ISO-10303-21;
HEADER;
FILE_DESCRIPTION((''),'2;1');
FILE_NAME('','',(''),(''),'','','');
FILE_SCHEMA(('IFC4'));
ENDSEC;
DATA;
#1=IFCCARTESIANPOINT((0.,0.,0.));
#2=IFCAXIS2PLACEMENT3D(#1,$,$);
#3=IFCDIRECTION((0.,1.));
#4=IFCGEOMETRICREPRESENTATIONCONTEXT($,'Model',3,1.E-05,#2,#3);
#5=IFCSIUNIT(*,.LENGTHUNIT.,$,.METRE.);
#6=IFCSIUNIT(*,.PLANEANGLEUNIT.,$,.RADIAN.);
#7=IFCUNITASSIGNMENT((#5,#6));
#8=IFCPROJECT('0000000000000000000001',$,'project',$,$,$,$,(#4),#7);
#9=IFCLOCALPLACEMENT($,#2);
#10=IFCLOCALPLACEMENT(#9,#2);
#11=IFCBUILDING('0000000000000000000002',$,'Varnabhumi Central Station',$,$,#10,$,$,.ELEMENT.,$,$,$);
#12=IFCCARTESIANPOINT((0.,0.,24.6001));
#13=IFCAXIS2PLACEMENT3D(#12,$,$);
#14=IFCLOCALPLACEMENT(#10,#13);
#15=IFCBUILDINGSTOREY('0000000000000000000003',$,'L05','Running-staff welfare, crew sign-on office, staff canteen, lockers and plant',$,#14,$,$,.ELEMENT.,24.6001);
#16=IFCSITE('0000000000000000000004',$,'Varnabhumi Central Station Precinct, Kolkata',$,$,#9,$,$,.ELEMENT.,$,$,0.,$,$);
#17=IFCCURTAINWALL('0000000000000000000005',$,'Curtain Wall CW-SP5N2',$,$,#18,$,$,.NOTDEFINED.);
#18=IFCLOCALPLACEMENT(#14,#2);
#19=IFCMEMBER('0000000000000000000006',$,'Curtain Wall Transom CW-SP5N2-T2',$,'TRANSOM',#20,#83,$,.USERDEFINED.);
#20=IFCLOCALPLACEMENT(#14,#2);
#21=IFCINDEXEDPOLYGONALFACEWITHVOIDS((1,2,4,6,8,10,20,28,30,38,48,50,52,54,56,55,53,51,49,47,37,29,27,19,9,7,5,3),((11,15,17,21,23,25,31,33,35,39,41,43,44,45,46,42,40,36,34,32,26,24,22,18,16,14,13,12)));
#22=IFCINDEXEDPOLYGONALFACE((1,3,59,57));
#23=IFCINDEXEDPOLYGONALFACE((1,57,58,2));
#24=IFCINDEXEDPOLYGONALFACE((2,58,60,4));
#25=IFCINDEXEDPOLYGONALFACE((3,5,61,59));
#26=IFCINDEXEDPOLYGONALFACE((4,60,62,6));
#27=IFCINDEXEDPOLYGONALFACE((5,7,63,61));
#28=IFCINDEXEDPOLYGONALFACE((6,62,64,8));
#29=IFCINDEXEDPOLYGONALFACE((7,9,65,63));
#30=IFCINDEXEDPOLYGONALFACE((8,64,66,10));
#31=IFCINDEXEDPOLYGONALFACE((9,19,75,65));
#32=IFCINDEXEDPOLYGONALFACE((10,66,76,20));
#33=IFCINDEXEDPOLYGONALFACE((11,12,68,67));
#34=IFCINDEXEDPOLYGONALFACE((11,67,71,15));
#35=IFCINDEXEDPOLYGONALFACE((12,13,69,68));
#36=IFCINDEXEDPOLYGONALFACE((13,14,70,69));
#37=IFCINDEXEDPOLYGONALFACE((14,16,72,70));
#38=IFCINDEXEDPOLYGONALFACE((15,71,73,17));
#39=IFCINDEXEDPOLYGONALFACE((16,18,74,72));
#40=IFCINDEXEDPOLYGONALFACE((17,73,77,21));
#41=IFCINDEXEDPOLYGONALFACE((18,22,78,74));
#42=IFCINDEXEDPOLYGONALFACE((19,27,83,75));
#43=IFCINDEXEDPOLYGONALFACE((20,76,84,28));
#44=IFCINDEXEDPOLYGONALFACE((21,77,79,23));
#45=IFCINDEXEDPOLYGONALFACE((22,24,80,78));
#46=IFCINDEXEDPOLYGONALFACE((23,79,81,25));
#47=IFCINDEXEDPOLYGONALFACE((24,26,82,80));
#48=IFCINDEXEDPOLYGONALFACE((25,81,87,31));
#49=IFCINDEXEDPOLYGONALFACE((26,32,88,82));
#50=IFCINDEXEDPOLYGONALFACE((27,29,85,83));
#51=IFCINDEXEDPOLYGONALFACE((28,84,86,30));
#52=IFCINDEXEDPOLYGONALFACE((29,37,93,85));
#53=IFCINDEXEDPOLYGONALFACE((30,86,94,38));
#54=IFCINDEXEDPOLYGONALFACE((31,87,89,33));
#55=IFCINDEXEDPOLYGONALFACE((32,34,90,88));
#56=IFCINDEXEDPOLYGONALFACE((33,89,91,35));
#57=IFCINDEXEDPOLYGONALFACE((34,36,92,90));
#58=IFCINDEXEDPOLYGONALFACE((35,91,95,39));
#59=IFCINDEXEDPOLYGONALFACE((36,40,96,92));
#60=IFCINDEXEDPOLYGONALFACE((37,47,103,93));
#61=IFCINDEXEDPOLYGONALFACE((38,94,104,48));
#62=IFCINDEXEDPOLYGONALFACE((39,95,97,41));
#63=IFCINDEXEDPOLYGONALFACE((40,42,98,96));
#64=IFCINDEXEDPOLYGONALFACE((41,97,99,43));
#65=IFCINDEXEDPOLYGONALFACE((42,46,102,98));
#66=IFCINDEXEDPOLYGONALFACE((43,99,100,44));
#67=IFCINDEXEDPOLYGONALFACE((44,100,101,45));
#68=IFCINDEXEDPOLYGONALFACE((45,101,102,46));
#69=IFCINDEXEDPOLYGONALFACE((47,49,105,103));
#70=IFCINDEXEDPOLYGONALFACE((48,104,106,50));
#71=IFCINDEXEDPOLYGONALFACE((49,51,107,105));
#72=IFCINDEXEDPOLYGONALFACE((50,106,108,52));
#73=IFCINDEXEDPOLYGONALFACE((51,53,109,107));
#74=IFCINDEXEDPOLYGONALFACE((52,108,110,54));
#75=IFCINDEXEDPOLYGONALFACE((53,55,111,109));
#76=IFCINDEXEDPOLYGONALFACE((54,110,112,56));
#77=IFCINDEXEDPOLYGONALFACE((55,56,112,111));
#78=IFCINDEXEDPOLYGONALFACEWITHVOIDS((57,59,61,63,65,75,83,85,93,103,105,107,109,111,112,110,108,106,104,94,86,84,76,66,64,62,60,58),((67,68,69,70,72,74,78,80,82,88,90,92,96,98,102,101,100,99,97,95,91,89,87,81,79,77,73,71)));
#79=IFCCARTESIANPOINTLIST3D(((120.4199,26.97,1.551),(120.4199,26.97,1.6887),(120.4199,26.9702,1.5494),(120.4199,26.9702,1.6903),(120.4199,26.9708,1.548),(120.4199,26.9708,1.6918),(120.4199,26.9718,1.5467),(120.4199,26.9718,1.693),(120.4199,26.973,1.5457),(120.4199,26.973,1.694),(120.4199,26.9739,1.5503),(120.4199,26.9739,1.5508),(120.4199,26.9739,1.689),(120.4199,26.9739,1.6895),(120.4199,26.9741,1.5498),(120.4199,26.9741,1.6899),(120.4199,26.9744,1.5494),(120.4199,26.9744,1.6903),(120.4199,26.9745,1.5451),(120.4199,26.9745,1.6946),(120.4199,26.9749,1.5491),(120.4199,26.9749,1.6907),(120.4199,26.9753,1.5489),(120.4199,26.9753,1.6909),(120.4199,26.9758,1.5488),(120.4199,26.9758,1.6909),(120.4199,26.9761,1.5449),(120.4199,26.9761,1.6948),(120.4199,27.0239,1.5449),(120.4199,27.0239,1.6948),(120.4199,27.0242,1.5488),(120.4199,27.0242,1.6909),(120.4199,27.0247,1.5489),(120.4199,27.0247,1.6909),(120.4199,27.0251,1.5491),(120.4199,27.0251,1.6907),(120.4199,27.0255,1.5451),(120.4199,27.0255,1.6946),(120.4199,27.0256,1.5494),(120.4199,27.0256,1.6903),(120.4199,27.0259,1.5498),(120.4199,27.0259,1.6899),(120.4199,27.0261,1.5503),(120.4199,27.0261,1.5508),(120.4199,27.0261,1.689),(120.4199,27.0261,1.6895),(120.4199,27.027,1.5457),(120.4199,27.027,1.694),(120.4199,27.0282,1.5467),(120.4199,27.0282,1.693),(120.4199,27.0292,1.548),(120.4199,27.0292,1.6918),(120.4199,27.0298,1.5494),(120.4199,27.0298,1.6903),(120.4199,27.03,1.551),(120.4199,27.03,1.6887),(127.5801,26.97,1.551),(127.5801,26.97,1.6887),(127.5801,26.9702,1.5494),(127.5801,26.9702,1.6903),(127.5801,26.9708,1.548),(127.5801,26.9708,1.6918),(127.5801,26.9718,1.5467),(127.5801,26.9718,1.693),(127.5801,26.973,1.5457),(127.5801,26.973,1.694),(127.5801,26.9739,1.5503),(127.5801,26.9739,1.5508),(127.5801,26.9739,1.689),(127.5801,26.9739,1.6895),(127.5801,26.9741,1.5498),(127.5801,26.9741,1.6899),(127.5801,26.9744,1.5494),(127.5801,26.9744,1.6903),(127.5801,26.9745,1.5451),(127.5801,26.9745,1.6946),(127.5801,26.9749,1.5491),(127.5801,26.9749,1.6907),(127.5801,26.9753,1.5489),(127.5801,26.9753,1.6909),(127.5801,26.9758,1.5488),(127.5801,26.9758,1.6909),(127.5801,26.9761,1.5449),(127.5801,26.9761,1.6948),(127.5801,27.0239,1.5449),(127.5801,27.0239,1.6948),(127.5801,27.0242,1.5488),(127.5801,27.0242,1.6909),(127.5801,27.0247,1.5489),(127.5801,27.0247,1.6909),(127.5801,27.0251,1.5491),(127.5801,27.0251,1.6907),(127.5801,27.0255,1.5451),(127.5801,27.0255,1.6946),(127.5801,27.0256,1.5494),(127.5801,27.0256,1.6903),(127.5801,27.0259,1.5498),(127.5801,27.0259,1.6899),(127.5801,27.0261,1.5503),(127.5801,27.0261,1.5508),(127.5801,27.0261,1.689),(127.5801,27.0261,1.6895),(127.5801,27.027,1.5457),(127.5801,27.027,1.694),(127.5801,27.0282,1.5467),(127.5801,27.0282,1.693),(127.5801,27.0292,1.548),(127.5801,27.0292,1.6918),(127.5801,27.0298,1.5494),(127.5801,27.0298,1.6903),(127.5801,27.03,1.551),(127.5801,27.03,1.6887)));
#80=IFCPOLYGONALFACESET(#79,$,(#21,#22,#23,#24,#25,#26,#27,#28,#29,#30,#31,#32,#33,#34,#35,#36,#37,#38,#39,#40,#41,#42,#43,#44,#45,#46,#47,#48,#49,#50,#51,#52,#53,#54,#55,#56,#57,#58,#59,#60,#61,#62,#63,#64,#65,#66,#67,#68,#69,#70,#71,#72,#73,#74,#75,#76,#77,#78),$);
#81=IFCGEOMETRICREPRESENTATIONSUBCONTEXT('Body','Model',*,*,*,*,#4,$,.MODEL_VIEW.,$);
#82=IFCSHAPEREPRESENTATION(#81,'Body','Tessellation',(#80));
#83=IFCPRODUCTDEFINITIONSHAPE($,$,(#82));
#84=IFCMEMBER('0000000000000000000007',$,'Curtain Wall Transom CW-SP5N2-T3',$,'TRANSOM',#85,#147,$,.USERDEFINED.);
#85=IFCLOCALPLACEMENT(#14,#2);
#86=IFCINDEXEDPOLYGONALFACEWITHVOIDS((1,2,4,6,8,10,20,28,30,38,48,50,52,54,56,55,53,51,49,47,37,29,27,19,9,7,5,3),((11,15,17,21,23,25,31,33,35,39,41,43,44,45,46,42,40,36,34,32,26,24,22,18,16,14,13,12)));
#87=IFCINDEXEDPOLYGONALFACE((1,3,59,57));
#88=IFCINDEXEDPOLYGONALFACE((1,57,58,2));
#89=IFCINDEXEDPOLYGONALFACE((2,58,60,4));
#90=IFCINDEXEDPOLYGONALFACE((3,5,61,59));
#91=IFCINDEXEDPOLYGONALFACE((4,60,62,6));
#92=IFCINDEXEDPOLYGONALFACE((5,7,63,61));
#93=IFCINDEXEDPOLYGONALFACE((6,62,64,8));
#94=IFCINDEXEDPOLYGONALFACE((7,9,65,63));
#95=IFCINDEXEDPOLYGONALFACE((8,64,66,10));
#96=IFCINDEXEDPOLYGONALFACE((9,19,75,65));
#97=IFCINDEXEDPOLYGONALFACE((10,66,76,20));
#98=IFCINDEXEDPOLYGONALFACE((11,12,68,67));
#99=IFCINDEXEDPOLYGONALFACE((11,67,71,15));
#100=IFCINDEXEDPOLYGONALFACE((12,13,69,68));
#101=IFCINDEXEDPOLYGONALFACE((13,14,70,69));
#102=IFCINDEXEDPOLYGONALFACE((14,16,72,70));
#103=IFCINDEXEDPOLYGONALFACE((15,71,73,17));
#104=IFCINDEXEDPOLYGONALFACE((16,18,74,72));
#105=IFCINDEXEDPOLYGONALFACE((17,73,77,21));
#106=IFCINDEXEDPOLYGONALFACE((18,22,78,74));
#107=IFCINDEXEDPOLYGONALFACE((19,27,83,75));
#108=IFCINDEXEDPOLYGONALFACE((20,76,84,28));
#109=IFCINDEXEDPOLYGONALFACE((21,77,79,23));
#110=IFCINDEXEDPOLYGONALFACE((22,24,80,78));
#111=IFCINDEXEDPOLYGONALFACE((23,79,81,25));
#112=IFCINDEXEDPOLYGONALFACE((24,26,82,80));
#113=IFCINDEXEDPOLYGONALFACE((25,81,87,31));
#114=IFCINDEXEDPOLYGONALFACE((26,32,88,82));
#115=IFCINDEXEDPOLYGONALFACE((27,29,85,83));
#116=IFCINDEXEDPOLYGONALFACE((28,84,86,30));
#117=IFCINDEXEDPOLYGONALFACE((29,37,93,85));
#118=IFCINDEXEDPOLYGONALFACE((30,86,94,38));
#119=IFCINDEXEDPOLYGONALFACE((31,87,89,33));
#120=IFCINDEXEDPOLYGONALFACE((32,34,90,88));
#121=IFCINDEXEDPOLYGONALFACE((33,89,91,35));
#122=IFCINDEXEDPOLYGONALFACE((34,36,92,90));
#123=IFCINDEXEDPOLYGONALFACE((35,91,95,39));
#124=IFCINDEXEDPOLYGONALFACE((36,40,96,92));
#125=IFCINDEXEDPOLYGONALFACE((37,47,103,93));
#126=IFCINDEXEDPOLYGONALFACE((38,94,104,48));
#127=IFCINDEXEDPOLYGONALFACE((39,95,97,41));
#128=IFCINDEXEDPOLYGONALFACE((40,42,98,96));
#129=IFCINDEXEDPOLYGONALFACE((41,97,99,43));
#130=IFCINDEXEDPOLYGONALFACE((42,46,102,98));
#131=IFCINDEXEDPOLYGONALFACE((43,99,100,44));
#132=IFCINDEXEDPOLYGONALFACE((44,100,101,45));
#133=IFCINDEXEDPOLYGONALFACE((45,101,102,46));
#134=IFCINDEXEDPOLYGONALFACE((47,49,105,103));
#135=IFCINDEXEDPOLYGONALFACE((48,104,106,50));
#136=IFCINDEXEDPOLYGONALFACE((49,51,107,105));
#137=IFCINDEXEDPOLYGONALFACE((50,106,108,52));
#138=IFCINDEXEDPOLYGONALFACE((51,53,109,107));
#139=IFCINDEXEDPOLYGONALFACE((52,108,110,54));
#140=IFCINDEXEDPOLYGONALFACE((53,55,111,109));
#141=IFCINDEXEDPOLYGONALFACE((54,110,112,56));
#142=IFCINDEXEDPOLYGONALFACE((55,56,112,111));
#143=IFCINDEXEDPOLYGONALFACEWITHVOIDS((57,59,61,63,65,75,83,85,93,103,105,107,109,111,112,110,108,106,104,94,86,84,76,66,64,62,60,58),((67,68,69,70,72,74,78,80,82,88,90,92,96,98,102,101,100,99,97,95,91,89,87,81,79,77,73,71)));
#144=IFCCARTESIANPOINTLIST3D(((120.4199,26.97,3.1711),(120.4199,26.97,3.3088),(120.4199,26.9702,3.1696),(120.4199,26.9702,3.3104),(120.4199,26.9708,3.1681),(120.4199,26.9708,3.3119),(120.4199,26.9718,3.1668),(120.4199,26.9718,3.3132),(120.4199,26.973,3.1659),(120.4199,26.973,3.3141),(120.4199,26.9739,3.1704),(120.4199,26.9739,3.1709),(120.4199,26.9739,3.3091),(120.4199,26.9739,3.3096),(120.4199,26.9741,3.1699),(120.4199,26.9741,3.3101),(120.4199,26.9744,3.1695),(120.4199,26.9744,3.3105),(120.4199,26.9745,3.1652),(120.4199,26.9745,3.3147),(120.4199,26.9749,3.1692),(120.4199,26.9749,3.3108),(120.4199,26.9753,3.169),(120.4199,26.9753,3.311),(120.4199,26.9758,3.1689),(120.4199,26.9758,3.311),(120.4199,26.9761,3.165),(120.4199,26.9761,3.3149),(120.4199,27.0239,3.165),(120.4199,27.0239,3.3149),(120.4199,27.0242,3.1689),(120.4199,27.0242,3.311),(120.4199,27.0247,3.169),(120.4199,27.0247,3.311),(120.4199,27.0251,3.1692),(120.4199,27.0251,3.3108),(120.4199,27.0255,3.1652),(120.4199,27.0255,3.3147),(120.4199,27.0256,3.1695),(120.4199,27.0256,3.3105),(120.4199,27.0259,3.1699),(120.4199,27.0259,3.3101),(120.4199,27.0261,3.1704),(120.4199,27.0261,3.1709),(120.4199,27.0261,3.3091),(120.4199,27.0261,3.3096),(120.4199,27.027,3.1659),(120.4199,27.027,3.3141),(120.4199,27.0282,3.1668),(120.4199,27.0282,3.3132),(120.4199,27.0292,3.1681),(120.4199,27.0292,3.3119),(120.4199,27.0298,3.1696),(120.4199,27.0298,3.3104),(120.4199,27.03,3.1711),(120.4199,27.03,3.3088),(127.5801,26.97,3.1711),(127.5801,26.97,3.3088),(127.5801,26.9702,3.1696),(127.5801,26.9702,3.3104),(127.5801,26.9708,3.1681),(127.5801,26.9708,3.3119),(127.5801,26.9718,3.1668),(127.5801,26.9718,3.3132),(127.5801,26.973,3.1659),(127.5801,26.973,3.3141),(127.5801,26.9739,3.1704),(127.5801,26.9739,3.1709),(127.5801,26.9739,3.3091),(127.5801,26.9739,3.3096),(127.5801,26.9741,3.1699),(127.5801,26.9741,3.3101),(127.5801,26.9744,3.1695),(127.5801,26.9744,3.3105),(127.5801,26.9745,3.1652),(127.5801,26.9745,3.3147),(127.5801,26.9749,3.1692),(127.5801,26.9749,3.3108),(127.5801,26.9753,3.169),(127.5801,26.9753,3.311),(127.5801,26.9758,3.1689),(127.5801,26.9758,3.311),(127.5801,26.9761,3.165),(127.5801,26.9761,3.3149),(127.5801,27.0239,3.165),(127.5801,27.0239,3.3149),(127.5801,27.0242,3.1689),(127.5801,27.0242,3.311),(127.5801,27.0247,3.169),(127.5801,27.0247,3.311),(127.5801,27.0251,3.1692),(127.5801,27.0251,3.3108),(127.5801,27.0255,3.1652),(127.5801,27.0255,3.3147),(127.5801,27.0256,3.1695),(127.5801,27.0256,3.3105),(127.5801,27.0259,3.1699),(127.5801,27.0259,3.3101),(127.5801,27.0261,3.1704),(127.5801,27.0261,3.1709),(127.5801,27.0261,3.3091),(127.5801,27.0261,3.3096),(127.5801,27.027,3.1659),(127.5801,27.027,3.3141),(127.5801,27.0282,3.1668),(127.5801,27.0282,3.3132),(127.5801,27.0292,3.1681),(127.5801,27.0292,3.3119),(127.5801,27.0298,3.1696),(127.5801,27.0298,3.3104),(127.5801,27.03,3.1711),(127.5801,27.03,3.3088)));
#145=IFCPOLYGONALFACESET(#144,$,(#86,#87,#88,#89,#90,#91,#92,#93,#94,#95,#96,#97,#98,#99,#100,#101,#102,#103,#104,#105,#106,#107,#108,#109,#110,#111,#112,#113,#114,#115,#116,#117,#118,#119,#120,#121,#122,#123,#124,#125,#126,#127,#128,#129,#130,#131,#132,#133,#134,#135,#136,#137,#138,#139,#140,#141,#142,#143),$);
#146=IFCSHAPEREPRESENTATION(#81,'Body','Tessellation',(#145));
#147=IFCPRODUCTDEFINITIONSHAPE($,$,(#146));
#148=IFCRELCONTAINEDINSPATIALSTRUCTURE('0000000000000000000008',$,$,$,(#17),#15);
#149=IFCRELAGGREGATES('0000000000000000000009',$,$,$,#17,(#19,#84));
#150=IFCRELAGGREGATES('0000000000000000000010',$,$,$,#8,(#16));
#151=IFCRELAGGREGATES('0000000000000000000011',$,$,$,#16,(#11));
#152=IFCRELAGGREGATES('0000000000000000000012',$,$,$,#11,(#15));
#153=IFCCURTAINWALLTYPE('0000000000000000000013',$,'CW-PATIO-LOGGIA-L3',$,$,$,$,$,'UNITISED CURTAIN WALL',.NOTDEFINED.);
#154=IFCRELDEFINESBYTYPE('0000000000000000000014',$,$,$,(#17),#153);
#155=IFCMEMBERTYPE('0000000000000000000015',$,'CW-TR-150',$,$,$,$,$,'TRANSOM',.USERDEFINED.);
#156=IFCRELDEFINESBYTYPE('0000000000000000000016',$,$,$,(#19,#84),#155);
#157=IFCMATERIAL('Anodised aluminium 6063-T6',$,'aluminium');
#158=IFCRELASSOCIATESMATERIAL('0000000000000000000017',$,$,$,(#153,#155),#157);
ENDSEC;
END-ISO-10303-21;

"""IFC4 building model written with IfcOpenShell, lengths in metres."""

from ifc_helpers import new_model, si_unit, direction, frame, origin, origin_2d, place, context, subcontext, project, spatial, hollow_rectangle, extrude, material, material_profile, profile_set, type_object, element, aggregate, save


model = new_model("IFC4")

# Units and contexts
model_context = context("Model", 3, precision=1e-05, world=origin(), true_north=direction((0.0, 1.0)))
body_context = subcontext(model_context, "Body", "Model", "MODEL_VIEW")
ifc_project = project(units=[si_unit("LENGTHUNIT", "METRE"), si_unit("PLANEANGLEUNIT", "RADIAN")], contexts=[model_context])

# Site, building, storey
site_placement = place(None, origin())
site = spatial("IfcSite", under=ifc_project, at=site_placement, Name="Varnabhumi Central Station Precinct, Kolkata", CompositionType="ELEMENT", RefElevation=0.0)
building_placement = place(site_placement, origin())
building = spatial("IfcBuilding", under=site, at=building_placement, Name="Varnabhumi Central Station", CompositionType="ELEMENT")
storey_placement = place(building_placement, frame((0.0, 0.0, 24.6001)))
storey = spatial("IfcBuildingStorey", under=building, at=storey_placement, Name="L05", Description="Running-staff welfare, crew sign-on office, staff canteen, lockers and plant", CompositionType="ELEMENT", Elevation=24.6001)

# Curtain wall
ifc_material_1 = material(Name="Anodised aluminium 6063-T6", Category="aluminium")
curtain_wall_type = type_object("IfcCurtainWallType", Name="CW-PATIO-LOGGIA-L3", ElementType="UNITISED CURTAIN WALL", PredefinedType="NOTDEFINED", material=ifc_material_1)
curtain_wall_1_placement = place(storey_placement, origin())
curtain_wall_1 = element("IfcCurtainWall", 1, at=curtain_wall_1_placement, inside=storey, type_object=curtain_wall_type, Name="Curtain Wall CW-SP5N2", PredefinedType="NOTDEFINED")

# Members
ifc_material_profile_1 = material_profile(ifc_material_1, hollow_rectangle(XDim=0.0601, YDim=0.1499, WallThickness=0.0039, InnerFilletRadius=0.002, OuterFilletRadius=0.0061, at=origin_2d()), Name="Anodised aluminium 6063-T6", Category="aluminium")
ifc_profile_set_1 = profile_set([ifc_material_profile_1], Name="Anodised aluminium 6063-T6")
member_type_1 = type_object("IfcMemberType", Name="CW-TR-150", ElementType="TRANSOM", PredefinedType="USERDEFINED", material=ifc_profile_set_1)
member_1_placement = place(storey_placement, frame((120.4199, 27.0, 1.6199), z_axis=(1.0, 0.0, 0.0), x_axis=(0.0, 1.0, 0.0)))
member_1 = element("IfcMember", 2, at=member_1_placement, type_object=member_type_1, Name="Curtain Wall Transom CW-SP5N2-T2", ObjectType="TRANSOM", PredefinedType="USERDEFINED", context=body_context, shape_type="SweptSolid", body=[
    extrude(hollow_rectangle(XDim=0.0601, YDim=0.1499, WallThickness=0.0039, InnerFilletRadius=0.002, OuterFilletRadius=0.0061, at=origin_2d()), origin(), (0.0, 0.0, 1.0), 7.1602),
])
member_2_placement = place(storey_placement, frame((120.4199, 27.0, 3.24), z_axis=(1.0, 0.0, 0.0), x_axis=(0.0, 1.0, 0.0)))
member_2 = element("IfcMember", 3, at=member_2_placement, type_object=member_type_1, Name="Curtain Wall Transom CW-SP5N2-T3", ObjectType="TRANSOM", PredefinedType="USERDEFINED", context=body_context, shape_type="SweptSolid", body=[
    extrude(hollow_rectangle(XDim=0.0601, YDim=0.1499, WallThickness=0.0039, InnerFilletRadius=0.002, OuterFilletRadius=0.0061, at=origin_2d()), origin(), (0.0, 0.0, 1.0), 7.1602),
])

aggregate(curtain_wall_1, [member_1, member_2])

save(model, "model.ifc")
